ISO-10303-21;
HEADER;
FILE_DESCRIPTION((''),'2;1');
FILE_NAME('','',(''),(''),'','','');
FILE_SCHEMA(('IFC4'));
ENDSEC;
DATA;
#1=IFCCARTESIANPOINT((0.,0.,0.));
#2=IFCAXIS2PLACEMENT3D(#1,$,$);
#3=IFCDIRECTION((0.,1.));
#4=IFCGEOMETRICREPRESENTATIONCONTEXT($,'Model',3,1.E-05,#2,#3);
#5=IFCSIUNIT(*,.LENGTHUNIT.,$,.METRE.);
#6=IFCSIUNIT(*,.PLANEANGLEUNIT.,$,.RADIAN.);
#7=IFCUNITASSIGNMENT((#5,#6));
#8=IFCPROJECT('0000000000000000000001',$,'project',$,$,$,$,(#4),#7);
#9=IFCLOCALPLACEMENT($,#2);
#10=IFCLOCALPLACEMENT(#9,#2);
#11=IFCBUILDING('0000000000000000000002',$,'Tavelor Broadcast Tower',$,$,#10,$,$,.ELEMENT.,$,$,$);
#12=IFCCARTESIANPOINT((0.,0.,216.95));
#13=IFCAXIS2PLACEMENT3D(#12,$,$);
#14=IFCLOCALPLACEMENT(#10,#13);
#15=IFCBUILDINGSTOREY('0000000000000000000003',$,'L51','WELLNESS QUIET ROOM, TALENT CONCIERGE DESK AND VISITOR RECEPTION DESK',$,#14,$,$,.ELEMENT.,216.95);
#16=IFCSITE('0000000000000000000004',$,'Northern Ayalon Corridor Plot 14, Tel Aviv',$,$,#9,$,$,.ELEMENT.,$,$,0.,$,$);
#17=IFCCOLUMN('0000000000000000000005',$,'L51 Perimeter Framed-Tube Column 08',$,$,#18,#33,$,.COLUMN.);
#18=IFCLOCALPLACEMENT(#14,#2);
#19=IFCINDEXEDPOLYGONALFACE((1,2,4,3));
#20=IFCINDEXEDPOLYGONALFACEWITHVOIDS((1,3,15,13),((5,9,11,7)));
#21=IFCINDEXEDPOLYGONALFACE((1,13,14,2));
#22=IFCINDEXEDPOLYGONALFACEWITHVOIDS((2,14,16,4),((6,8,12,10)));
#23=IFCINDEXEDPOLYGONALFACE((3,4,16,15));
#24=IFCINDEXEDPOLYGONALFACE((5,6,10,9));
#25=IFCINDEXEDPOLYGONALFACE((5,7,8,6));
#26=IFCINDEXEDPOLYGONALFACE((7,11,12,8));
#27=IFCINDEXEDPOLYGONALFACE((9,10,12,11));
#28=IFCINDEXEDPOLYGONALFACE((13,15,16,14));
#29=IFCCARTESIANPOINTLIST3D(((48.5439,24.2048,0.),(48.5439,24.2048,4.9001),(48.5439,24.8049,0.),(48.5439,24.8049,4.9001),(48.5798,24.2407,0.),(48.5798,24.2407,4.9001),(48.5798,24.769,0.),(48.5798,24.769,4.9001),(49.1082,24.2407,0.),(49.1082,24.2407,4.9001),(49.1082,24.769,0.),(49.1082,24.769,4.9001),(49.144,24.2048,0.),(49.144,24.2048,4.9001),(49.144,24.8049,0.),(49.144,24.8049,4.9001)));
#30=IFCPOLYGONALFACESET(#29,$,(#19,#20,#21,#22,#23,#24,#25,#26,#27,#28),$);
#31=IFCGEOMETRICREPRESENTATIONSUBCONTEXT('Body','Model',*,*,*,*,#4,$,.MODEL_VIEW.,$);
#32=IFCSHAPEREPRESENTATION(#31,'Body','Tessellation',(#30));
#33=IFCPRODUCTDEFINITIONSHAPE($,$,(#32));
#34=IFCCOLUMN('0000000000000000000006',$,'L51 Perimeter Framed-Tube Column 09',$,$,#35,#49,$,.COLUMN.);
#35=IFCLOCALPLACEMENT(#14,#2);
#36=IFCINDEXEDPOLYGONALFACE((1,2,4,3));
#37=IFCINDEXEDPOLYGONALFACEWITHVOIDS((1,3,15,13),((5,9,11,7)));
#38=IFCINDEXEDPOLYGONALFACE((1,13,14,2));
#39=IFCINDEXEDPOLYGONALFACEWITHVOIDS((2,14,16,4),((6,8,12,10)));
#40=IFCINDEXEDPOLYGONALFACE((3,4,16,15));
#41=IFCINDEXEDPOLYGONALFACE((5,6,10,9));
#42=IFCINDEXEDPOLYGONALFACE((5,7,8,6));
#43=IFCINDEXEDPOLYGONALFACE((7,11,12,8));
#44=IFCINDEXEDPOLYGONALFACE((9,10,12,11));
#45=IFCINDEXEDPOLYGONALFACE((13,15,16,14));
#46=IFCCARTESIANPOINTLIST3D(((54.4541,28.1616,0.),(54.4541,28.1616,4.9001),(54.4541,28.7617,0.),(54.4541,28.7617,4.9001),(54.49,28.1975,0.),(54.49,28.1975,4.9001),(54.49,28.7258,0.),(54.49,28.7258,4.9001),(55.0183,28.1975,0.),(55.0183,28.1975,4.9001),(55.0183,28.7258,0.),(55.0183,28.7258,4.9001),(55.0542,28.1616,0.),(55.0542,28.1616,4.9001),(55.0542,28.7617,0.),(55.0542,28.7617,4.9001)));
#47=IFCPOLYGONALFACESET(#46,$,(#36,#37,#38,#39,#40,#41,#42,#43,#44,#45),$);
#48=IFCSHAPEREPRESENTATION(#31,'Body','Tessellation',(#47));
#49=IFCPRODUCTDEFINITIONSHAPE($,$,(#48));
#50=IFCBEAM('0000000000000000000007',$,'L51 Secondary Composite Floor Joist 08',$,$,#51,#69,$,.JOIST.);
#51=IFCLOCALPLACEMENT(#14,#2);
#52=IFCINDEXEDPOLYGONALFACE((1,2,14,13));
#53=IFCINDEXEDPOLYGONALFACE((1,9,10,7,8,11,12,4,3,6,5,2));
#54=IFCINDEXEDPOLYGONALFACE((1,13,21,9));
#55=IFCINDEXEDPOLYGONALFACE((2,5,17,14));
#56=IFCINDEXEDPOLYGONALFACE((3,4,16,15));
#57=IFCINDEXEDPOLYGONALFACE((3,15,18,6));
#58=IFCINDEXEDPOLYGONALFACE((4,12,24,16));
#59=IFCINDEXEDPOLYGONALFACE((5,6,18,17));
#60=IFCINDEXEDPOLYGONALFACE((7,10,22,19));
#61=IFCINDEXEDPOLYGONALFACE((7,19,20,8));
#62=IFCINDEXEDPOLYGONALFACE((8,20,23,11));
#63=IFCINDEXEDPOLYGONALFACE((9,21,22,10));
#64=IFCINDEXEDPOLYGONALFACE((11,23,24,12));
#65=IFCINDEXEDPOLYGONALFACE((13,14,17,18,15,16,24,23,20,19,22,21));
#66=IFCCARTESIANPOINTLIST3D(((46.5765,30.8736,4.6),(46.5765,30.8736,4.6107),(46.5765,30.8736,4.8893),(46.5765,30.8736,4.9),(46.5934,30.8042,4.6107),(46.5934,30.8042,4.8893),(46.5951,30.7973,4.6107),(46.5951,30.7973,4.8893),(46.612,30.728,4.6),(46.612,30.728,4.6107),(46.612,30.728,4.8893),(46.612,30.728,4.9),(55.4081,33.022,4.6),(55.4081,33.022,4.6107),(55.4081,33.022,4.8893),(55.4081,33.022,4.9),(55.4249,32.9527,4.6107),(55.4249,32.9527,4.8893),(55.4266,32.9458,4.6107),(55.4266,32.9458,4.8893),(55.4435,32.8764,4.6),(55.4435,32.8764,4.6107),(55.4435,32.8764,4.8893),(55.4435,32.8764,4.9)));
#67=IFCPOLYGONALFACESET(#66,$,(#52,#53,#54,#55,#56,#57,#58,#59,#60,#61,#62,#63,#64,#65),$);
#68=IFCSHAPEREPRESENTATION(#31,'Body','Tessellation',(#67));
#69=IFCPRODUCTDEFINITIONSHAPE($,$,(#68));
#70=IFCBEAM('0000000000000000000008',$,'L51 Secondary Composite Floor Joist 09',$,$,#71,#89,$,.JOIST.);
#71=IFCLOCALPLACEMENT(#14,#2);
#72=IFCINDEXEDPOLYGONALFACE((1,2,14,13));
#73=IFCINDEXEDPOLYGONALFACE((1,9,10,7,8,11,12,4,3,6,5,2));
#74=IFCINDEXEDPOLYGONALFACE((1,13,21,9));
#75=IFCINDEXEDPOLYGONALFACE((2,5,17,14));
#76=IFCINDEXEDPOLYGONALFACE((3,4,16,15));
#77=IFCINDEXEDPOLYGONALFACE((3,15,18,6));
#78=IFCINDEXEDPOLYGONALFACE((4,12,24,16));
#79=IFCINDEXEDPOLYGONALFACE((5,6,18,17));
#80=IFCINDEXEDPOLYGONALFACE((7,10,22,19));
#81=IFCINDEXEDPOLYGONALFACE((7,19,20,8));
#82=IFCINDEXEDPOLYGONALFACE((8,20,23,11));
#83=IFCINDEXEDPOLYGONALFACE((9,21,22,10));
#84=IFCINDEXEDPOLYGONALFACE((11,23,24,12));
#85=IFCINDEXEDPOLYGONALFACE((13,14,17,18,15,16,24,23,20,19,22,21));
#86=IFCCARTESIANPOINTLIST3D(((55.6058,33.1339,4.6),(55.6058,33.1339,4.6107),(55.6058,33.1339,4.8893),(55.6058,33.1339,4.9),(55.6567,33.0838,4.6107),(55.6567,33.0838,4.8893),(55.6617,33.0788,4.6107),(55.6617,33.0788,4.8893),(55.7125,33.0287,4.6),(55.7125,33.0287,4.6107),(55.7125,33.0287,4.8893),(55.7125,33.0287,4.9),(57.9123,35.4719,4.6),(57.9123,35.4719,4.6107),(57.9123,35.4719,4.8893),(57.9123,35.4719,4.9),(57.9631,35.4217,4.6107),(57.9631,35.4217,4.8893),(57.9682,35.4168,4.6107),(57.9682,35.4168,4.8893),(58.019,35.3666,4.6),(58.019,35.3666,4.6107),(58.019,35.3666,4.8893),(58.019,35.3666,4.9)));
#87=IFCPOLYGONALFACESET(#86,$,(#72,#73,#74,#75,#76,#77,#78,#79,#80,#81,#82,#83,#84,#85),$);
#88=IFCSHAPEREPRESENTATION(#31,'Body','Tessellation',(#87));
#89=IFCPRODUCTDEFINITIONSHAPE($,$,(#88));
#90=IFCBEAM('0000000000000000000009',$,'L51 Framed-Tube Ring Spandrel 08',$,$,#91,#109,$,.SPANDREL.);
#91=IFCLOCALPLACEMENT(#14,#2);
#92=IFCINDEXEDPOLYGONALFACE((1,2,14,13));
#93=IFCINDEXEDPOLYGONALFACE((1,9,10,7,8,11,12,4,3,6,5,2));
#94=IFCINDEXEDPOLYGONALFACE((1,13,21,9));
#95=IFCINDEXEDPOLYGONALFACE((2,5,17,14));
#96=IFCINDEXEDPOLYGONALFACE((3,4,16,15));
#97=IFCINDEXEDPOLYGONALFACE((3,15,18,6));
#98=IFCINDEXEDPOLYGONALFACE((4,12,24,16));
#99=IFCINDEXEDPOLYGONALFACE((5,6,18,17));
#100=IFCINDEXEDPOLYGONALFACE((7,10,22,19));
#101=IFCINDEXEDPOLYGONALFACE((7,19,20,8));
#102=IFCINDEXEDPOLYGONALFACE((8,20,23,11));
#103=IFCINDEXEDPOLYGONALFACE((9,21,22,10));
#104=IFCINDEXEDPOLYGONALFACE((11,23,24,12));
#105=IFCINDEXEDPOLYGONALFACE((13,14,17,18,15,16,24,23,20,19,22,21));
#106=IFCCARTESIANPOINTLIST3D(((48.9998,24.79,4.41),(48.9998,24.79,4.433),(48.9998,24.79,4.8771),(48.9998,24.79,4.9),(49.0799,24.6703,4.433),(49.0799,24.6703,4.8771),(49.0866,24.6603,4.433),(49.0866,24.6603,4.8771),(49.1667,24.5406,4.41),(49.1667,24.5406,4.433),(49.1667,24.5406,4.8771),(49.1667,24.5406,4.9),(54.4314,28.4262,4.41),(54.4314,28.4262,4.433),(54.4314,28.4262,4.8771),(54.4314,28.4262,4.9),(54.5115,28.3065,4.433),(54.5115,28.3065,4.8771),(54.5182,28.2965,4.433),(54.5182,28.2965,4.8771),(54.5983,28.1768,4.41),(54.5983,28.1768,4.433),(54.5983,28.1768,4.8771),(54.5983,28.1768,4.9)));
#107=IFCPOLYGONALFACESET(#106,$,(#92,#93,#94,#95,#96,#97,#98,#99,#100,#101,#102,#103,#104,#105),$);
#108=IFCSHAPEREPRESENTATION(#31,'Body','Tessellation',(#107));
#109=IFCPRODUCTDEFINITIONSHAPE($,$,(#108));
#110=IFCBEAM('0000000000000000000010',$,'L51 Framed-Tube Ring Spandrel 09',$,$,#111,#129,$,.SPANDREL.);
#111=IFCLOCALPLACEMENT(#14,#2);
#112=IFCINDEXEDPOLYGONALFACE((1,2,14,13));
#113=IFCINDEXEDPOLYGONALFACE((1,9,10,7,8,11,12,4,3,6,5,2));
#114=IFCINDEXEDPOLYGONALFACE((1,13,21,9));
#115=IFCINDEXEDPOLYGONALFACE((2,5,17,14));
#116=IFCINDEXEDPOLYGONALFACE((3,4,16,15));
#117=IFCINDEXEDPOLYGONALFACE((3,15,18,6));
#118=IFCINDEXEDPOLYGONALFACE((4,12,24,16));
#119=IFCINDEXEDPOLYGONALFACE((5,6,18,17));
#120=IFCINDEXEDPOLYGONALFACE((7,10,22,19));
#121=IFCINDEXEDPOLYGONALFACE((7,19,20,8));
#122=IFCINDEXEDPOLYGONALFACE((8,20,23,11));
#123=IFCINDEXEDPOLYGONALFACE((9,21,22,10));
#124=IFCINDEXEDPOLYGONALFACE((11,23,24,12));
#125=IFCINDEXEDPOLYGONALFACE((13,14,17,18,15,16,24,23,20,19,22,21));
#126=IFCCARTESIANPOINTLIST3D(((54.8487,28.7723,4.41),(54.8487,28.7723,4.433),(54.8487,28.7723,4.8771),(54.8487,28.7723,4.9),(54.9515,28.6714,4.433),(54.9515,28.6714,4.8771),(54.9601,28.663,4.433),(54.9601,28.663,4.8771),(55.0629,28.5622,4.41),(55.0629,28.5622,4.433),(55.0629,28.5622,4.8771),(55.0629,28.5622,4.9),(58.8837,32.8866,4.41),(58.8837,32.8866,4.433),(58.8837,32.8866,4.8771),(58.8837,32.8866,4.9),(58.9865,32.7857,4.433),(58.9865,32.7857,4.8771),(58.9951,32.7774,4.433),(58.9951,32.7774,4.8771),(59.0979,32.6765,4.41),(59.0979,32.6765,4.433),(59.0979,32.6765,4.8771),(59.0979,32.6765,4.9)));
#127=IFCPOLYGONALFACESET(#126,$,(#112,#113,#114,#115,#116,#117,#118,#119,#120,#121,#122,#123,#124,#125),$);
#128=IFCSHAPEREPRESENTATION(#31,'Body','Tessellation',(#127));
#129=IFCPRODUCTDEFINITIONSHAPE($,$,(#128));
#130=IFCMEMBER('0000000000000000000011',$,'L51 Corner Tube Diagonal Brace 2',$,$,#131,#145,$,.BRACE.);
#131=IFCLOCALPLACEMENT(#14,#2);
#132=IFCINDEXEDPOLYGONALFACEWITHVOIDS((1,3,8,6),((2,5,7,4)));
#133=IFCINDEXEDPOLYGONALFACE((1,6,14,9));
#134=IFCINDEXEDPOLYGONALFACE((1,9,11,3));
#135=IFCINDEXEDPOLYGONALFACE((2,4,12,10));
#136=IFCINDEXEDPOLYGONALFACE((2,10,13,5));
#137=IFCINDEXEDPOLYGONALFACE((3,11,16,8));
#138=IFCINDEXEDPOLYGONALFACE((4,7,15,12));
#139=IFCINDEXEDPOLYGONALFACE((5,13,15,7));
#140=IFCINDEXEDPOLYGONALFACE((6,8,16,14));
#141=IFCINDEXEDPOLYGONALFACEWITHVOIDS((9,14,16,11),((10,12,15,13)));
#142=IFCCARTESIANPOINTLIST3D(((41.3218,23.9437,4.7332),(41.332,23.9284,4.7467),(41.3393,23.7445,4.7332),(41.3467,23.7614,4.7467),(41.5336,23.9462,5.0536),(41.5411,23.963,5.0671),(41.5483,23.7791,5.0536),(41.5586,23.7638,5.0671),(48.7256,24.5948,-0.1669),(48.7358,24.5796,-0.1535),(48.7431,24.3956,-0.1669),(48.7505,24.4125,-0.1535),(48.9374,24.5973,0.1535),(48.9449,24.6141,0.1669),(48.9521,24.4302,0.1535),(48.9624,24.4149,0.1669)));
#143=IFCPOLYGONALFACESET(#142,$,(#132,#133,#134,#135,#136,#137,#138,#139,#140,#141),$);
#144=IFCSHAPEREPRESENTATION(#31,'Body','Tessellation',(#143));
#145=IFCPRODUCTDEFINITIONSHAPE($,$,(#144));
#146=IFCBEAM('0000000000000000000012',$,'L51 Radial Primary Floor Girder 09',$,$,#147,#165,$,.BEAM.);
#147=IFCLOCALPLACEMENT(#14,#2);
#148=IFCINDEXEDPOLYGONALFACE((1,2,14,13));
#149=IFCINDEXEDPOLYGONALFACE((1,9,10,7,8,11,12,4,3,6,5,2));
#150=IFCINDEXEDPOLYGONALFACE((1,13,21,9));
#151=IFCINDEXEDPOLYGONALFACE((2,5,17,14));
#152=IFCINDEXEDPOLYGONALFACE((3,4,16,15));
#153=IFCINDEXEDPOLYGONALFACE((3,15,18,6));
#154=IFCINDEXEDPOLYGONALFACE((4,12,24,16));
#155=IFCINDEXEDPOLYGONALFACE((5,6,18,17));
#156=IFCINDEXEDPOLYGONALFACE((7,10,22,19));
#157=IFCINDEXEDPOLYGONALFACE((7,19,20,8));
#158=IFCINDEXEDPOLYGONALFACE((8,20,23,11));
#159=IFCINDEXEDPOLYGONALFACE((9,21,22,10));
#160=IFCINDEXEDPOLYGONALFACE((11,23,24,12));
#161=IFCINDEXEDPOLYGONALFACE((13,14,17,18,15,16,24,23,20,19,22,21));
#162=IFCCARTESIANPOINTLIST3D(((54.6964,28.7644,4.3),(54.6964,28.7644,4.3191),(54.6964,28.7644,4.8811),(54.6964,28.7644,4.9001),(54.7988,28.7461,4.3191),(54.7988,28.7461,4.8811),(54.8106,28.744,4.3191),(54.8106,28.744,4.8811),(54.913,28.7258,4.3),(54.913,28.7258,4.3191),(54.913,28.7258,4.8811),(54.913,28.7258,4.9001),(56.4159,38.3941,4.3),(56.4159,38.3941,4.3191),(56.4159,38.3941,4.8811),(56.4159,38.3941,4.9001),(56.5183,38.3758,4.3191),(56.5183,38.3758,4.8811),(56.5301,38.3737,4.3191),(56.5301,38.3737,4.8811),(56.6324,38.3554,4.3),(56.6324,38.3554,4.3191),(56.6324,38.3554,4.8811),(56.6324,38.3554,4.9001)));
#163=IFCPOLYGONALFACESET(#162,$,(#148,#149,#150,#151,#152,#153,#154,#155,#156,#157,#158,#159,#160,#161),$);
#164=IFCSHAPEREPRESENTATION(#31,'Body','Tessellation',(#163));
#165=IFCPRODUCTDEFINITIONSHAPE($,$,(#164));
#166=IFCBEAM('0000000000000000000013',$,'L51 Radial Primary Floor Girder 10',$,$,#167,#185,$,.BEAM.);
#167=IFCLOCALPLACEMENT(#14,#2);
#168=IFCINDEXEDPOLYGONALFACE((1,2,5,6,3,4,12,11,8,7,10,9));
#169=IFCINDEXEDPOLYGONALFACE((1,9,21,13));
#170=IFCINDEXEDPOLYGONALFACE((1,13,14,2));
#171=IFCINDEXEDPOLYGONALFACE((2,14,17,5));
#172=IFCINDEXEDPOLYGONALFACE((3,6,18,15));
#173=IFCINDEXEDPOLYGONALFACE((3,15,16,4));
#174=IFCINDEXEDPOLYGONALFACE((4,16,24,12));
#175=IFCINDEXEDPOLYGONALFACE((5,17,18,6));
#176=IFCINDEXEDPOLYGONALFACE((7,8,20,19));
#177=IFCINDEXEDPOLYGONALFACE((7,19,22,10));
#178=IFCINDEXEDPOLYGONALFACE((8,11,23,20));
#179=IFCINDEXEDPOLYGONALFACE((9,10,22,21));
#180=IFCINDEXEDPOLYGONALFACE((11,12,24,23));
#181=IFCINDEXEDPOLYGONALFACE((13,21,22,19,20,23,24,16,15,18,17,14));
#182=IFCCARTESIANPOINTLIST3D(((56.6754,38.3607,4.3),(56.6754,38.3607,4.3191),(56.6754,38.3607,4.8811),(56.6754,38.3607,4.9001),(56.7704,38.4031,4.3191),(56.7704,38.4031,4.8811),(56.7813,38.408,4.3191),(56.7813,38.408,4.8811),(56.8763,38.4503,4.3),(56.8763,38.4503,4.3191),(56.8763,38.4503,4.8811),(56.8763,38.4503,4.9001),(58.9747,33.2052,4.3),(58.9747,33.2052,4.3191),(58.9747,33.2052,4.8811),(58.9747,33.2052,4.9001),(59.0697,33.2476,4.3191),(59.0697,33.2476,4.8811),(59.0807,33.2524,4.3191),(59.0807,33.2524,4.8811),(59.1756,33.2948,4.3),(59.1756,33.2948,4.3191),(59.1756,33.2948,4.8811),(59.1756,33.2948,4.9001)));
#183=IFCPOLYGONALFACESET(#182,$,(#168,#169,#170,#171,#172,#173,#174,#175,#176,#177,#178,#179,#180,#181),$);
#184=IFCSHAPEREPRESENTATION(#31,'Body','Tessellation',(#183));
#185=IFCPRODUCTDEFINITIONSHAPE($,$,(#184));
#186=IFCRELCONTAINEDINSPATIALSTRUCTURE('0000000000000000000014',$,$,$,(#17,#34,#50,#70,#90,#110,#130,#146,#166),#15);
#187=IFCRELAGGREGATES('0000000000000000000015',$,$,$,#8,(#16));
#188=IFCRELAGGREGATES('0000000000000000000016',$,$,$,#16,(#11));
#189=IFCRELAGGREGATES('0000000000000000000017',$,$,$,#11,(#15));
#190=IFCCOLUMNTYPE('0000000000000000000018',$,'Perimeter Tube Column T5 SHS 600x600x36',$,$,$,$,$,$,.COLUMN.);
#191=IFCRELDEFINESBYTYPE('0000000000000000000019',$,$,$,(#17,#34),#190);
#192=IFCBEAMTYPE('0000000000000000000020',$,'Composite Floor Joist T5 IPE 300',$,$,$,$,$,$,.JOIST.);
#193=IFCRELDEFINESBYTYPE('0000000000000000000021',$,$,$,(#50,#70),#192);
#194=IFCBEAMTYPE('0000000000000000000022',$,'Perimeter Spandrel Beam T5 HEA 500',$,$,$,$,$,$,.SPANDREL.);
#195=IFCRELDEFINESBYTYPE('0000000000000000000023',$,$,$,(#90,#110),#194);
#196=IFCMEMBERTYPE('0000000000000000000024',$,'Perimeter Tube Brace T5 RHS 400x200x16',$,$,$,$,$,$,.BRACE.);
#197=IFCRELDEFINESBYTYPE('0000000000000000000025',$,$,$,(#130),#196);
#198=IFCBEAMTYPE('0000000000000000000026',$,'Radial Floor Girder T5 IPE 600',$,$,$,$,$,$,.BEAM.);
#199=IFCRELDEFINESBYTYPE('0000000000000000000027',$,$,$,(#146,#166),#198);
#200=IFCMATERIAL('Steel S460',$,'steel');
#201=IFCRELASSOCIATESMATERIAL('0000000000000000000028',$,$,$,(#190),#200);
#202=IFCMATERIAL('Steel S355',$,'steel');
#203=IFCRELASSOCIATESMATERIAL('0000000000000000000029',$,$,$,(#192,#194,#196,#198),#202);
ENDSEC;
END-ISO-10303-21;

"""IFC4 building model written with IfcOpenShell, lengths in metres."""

from ifc_helpers import new_model, si_unit, direction, frame, origin, origin_2d, place, context, subcontext, project, spatial, hollow_rectangle, i_section, extrude, material, material_profile, profile_set, type_object, element, save


model = new_model("IFC4")

# Units and contexts
model_context = context("Model", 3, precision=1e-05, world=origin(), true_north=direction((0.0, 1.0)))
body_context = subcontext(model_context, "Body", "Model", "MODEL_VIEW")
ifc_project = project(units=[si_unit("LENGTHUNIT", "METRE"), si_unit("PLANEANGLEUNIT", "RADIAN")], contexts=[model_context])

# Site, building, storey
site_placement = place(None, origin())
site = spatial("IfcSite", under=ifc_project, at=site_placement, Name="Northern Ayalon Corridor Plot 14, Tel Aviv", CompositionType="ELEMENT", RefElevation=0.0)
building_placement = place(site_placement, origin())
building = spatial("IfcBuilding", under=site, at=building_placement, Name="Tavelor Broadcast Tower", CompositionType="ELEMENT")
storey_placement = place(building_placement, frame((0.0, 0.0, 216.95)))
storey = spatial("IfcBuildingStorey", under=building, at=storey_placement, Name="L51", Description="WELLNESS QUIET ROOM, TALENT CONCIERGE DESK AND VISITOR RECEPTION DESK", CompositionType="ELEMENT", Elevation=216.95)

# Columns
ifc_material_1 = material(Name="Steel S460", Category="steel")
ifc_material_profile_1 = material_profile(ifc_material_1, hollow_rectangle(XDim=0.6001, YDim=0.6001, WallThickness=0.0359, at=origin_2d()), Name="SHS 600x600x36")
ifc_profile_set_1 = profile_set([ifc_material_profile_1], Name="Steel S460")
column_type = type_object("IfcColumnType", Name="Perimeter Tube Column T5 SHS 600x600x36", PredefinedType="COLUMN", material=ifc_profile_set_1)
for number, where, z_axis, x_axis, name in (
    (1, (48.844, 24.5049, 0.0), (0.0, 0.0, 1.0), (1.0, 0.0, 0.0), "L51 Perimeter Framed-Tube Column 08"),
    (2, (54.7542, 28.4617, 0.0), (0.0, 0.0, 1.0), (1.0, 0.0, 0.0), "L51 Perimeter Framed-Tube Column 09"),
):
    element("IfcColumn", number, at=place(storey_placement, frame(where, z_axis=z_axis, x_axis=x_axis)), inside=storey, type_object=column_type, Name=name, PredefinedType="COLUMN", context=body_context, shape_type="SweptSolid", body=[
        extrude(hollow_rectangle(XDim=0.6001, YDim=0.6001, WallThickness=0.0359, at=origin_2d()), origin(), (0.0, 0.0, 1.0), 4.9001),
    ])

# Beams
ifc_material_2 = material(Name="Steel S355", Category="steel")
ifc_material_profile_2 = material_profile(ifc_material_2, i_section(OverallWidth=0.1499, OverallDepth=0.3, WebThickness=0.0071, FlangeThickness=0.0107, at=origin_2d()), Name="IPE 300")
ifc_profile_set_2 = profile_set([ifc_material_profile_2], Name="Steel S355")
beam_type_1 = type_object("IfcBeamType", Name="Composite Floor Joist T5 IPE 300", PredefinedType="JOIST", material=ifc_profile_set_2)
beam_1_placement = place(storey_placement, frame((46.5942, 30.8008, 4.75), z_axis=(0.971662, 0.236375, 0.0), x_axis=(-0.236375, 0.971662, 0.0)))
element("IfcBeam", 3, at=beam_1_placement, inside=storey, type_object=beam_type_1, Name="L51 Secondary Composite Floor Joist 08", PredefinedType="JOIST", context=body_context, shape_type="SweptSolid", body=[
    extrude(i_section(OverallWidth=0.1499, OverallDepth=0.3, WebThickness=0.0071, FlangeThickness=0.0107, at=origin_2d()), origin(), (0.0, 0.0, 1.0), 9.0891),
])
beam_2_placement = place(storey_placement, frame((55.6592, 33.0813, 4.75), z_axis=(0.702296, 0.711885, 0.0), x_axis=(-0.711885, 0.702296, 0.0)))
element("IfcBeam", 4, at=beam_2_placement, inside=storey, type_object=beam_type_1, Name="L51 Secondary Composite Floor Joist 09", PredefinedType="JOIST", context=body_context, shape_type="SweptSolid", body=[
    extrude(i_section(OverallWidth=0.1499, OverallDepth=0.3, WebThickness=0.0071, FlangeThickness=0.0107, at=origin_2d()), origin(), (0.0, 0.0, 1.0), 3.2842),
])
ifc_material_profile_3 = material_profile(ifc_material_2, i_section(OverallWidth=0.3, OverallDepth=0.49, WebThickness=0.012, FlangeThickness=0.0229, at=origin_2d()), Name="HEA 500")
ifc_profile_set_3 = profile_set([ifc_material_profile_3], Name="Steel S355")
beam_type_2 = type_object("IfcBeamType", Name="Perimeter Spandrel Beam T5 HEA 500", PredefinedType="SPANDREL", material=ifc_profile_set_3)
beam_3_placement = place(storey_placement, frame((49.0833, 24.6653, 4.655), z_axis=(0.83098, 0.556302, 0.0), x_axis=(-0.556302, 0.83098, 0.0)))
element("IfcBeam", 5, at=beam_3_placement, inside=storey, type_object=beam_type_2, Name="L51 Framed-Tube Ring Spandrel 08", PredefinedType="SPANDREL", context=body_context, shape_type="SweptSolid", body=[
    extrude(i_section(OverallWidth=0.3, OverallDepth=0.49, WebThickness=0.012, FlangeThickness=0.0229, at=origin_2d()), origin(), (0.0, 0.0, 1.0), 6.5364),
])
beam_4_placement = place(storey_placement, frame((54.9558, 28.6672, 4.655), z_axis=(0.700189, 0.713958, 0.0), x_axis=(-0.713958, 0.700189, 0.0)))
element("IfcBeam", 6, at=beam_4_placement, inside=storey, type_object=beam_type_2, Name="L51 Framed-Tube Ring Spandrel 09", PredefinedType="SPANDREL", context=body_context, shape_type="SweptSolid", body=[
    extrude(i_section(OverallWidth=0.3, OverallDepth=0.49, WebThickness=0.012, FlangeThickness=0.0229, at=origin_2d()), origin(), (0.0, 0.0, 1.0), 5.7627),
])

# Member
ifc_material_profile_4 = material_profile(ifc_material_2, hollow_rectangle(XDim=0.2, YDim=0.3999, WallThickness=0.0161, at=origin_2d()), Name="RHS 400x200x16")
ifc_profile_set_4 = profile_set([ifc_material_profile_4], Name="Steel S355")
member_type_1 = type_object("IfcMemberType", Name="Perimeter Tube Brace T5 RHS 400x200x16", PredefinedType="BRACE", material=ifc_profile_set_4)
member_1_placement = place(storey_placement, frame((48.844, 24.5049, 0.0), z_axis=(-0.831669, -0.073141, 0.550433), x_axis=(0.087606, -0.996155, 0.0)))
element("IfcMember", 7, at=member_1_placement, inside=storey, type_object=member_type_1, Name="L51 Corner Tube Diagonal Brace 2", PredefinedType="BRACE", context=body_context, shape_type="SweptSolid", body=[
    extrude(hollow_rectangle(XDim=0.2, YDim=0.3999, WallThickness=0.0161, at=origin_2d()), origin(), (0.0, 0.0, 1.0), 8.9023),
])

# Beams
ifc_material_profile_5 = material_profile(ifc_material_2, i_section(OverallWidth=0.22, OverallDepth=0.6001, WebThickness=0.012, FlangeThickness=0.019, at=origin_2d()), Name="IPE 600")
ifc_profile_set_5 = profile_set([ifc_material_profile_5], Name="Steel S355")
beam_type_3 = type_object("IfcBeamType", Name="Radial Floor Girder T5 IPE 600", PredefinedType="BEAM", material=ifc_profile_set_5)
beam_5_placement = place(storey_placement, frame((56.5242, 38.3748, 4.6001), z_axis=(-0.175781, -0.984429, 0.0), x_axis=(0.984429, -0.175781, 0.0)))
element("IfcBeam", 8, at=beam_5_placement, inside=storey, type_object=beam_type_3, Name="L51 Radial Primary Floor Girder 09", PredefinedType="BEAM", context=body_context, shape_type="SweptSolid", body=[
    extrude(i_section(OverallWidth=0.22, OverallDepth=0.6001, WebThickness=0.012, FlangeThickness=0.019, at=origin_2d()), origin(), (0.0, 0.0, 1.0), 9.782),
])
beam_6_placement = place(storey_placement, frame((56.7759, 38.4055, 4.6001), z_axis=(0.407318, -0.913286, 0.0), x_axis=(0.913286, 0.407318, 0.0)))
element("IfcBeam", 9, at=beam_6_placement, inside=storey, type_object=beam_type_3, Name="L51 Radial Primary Floor Girder 10", PredefinedType="BEAM", context=body_context, shape_type="SweptSolid", body=[
    extrude(i_section(OverallWidth=0.22, OverallDepth=0.6001, WebThickness=0.012, FlangeThickness=0.019, at=origin_2d()), origin(), (0.0, 0.0, 1.0), 5.645),
])

save(model, "model.ifc")
